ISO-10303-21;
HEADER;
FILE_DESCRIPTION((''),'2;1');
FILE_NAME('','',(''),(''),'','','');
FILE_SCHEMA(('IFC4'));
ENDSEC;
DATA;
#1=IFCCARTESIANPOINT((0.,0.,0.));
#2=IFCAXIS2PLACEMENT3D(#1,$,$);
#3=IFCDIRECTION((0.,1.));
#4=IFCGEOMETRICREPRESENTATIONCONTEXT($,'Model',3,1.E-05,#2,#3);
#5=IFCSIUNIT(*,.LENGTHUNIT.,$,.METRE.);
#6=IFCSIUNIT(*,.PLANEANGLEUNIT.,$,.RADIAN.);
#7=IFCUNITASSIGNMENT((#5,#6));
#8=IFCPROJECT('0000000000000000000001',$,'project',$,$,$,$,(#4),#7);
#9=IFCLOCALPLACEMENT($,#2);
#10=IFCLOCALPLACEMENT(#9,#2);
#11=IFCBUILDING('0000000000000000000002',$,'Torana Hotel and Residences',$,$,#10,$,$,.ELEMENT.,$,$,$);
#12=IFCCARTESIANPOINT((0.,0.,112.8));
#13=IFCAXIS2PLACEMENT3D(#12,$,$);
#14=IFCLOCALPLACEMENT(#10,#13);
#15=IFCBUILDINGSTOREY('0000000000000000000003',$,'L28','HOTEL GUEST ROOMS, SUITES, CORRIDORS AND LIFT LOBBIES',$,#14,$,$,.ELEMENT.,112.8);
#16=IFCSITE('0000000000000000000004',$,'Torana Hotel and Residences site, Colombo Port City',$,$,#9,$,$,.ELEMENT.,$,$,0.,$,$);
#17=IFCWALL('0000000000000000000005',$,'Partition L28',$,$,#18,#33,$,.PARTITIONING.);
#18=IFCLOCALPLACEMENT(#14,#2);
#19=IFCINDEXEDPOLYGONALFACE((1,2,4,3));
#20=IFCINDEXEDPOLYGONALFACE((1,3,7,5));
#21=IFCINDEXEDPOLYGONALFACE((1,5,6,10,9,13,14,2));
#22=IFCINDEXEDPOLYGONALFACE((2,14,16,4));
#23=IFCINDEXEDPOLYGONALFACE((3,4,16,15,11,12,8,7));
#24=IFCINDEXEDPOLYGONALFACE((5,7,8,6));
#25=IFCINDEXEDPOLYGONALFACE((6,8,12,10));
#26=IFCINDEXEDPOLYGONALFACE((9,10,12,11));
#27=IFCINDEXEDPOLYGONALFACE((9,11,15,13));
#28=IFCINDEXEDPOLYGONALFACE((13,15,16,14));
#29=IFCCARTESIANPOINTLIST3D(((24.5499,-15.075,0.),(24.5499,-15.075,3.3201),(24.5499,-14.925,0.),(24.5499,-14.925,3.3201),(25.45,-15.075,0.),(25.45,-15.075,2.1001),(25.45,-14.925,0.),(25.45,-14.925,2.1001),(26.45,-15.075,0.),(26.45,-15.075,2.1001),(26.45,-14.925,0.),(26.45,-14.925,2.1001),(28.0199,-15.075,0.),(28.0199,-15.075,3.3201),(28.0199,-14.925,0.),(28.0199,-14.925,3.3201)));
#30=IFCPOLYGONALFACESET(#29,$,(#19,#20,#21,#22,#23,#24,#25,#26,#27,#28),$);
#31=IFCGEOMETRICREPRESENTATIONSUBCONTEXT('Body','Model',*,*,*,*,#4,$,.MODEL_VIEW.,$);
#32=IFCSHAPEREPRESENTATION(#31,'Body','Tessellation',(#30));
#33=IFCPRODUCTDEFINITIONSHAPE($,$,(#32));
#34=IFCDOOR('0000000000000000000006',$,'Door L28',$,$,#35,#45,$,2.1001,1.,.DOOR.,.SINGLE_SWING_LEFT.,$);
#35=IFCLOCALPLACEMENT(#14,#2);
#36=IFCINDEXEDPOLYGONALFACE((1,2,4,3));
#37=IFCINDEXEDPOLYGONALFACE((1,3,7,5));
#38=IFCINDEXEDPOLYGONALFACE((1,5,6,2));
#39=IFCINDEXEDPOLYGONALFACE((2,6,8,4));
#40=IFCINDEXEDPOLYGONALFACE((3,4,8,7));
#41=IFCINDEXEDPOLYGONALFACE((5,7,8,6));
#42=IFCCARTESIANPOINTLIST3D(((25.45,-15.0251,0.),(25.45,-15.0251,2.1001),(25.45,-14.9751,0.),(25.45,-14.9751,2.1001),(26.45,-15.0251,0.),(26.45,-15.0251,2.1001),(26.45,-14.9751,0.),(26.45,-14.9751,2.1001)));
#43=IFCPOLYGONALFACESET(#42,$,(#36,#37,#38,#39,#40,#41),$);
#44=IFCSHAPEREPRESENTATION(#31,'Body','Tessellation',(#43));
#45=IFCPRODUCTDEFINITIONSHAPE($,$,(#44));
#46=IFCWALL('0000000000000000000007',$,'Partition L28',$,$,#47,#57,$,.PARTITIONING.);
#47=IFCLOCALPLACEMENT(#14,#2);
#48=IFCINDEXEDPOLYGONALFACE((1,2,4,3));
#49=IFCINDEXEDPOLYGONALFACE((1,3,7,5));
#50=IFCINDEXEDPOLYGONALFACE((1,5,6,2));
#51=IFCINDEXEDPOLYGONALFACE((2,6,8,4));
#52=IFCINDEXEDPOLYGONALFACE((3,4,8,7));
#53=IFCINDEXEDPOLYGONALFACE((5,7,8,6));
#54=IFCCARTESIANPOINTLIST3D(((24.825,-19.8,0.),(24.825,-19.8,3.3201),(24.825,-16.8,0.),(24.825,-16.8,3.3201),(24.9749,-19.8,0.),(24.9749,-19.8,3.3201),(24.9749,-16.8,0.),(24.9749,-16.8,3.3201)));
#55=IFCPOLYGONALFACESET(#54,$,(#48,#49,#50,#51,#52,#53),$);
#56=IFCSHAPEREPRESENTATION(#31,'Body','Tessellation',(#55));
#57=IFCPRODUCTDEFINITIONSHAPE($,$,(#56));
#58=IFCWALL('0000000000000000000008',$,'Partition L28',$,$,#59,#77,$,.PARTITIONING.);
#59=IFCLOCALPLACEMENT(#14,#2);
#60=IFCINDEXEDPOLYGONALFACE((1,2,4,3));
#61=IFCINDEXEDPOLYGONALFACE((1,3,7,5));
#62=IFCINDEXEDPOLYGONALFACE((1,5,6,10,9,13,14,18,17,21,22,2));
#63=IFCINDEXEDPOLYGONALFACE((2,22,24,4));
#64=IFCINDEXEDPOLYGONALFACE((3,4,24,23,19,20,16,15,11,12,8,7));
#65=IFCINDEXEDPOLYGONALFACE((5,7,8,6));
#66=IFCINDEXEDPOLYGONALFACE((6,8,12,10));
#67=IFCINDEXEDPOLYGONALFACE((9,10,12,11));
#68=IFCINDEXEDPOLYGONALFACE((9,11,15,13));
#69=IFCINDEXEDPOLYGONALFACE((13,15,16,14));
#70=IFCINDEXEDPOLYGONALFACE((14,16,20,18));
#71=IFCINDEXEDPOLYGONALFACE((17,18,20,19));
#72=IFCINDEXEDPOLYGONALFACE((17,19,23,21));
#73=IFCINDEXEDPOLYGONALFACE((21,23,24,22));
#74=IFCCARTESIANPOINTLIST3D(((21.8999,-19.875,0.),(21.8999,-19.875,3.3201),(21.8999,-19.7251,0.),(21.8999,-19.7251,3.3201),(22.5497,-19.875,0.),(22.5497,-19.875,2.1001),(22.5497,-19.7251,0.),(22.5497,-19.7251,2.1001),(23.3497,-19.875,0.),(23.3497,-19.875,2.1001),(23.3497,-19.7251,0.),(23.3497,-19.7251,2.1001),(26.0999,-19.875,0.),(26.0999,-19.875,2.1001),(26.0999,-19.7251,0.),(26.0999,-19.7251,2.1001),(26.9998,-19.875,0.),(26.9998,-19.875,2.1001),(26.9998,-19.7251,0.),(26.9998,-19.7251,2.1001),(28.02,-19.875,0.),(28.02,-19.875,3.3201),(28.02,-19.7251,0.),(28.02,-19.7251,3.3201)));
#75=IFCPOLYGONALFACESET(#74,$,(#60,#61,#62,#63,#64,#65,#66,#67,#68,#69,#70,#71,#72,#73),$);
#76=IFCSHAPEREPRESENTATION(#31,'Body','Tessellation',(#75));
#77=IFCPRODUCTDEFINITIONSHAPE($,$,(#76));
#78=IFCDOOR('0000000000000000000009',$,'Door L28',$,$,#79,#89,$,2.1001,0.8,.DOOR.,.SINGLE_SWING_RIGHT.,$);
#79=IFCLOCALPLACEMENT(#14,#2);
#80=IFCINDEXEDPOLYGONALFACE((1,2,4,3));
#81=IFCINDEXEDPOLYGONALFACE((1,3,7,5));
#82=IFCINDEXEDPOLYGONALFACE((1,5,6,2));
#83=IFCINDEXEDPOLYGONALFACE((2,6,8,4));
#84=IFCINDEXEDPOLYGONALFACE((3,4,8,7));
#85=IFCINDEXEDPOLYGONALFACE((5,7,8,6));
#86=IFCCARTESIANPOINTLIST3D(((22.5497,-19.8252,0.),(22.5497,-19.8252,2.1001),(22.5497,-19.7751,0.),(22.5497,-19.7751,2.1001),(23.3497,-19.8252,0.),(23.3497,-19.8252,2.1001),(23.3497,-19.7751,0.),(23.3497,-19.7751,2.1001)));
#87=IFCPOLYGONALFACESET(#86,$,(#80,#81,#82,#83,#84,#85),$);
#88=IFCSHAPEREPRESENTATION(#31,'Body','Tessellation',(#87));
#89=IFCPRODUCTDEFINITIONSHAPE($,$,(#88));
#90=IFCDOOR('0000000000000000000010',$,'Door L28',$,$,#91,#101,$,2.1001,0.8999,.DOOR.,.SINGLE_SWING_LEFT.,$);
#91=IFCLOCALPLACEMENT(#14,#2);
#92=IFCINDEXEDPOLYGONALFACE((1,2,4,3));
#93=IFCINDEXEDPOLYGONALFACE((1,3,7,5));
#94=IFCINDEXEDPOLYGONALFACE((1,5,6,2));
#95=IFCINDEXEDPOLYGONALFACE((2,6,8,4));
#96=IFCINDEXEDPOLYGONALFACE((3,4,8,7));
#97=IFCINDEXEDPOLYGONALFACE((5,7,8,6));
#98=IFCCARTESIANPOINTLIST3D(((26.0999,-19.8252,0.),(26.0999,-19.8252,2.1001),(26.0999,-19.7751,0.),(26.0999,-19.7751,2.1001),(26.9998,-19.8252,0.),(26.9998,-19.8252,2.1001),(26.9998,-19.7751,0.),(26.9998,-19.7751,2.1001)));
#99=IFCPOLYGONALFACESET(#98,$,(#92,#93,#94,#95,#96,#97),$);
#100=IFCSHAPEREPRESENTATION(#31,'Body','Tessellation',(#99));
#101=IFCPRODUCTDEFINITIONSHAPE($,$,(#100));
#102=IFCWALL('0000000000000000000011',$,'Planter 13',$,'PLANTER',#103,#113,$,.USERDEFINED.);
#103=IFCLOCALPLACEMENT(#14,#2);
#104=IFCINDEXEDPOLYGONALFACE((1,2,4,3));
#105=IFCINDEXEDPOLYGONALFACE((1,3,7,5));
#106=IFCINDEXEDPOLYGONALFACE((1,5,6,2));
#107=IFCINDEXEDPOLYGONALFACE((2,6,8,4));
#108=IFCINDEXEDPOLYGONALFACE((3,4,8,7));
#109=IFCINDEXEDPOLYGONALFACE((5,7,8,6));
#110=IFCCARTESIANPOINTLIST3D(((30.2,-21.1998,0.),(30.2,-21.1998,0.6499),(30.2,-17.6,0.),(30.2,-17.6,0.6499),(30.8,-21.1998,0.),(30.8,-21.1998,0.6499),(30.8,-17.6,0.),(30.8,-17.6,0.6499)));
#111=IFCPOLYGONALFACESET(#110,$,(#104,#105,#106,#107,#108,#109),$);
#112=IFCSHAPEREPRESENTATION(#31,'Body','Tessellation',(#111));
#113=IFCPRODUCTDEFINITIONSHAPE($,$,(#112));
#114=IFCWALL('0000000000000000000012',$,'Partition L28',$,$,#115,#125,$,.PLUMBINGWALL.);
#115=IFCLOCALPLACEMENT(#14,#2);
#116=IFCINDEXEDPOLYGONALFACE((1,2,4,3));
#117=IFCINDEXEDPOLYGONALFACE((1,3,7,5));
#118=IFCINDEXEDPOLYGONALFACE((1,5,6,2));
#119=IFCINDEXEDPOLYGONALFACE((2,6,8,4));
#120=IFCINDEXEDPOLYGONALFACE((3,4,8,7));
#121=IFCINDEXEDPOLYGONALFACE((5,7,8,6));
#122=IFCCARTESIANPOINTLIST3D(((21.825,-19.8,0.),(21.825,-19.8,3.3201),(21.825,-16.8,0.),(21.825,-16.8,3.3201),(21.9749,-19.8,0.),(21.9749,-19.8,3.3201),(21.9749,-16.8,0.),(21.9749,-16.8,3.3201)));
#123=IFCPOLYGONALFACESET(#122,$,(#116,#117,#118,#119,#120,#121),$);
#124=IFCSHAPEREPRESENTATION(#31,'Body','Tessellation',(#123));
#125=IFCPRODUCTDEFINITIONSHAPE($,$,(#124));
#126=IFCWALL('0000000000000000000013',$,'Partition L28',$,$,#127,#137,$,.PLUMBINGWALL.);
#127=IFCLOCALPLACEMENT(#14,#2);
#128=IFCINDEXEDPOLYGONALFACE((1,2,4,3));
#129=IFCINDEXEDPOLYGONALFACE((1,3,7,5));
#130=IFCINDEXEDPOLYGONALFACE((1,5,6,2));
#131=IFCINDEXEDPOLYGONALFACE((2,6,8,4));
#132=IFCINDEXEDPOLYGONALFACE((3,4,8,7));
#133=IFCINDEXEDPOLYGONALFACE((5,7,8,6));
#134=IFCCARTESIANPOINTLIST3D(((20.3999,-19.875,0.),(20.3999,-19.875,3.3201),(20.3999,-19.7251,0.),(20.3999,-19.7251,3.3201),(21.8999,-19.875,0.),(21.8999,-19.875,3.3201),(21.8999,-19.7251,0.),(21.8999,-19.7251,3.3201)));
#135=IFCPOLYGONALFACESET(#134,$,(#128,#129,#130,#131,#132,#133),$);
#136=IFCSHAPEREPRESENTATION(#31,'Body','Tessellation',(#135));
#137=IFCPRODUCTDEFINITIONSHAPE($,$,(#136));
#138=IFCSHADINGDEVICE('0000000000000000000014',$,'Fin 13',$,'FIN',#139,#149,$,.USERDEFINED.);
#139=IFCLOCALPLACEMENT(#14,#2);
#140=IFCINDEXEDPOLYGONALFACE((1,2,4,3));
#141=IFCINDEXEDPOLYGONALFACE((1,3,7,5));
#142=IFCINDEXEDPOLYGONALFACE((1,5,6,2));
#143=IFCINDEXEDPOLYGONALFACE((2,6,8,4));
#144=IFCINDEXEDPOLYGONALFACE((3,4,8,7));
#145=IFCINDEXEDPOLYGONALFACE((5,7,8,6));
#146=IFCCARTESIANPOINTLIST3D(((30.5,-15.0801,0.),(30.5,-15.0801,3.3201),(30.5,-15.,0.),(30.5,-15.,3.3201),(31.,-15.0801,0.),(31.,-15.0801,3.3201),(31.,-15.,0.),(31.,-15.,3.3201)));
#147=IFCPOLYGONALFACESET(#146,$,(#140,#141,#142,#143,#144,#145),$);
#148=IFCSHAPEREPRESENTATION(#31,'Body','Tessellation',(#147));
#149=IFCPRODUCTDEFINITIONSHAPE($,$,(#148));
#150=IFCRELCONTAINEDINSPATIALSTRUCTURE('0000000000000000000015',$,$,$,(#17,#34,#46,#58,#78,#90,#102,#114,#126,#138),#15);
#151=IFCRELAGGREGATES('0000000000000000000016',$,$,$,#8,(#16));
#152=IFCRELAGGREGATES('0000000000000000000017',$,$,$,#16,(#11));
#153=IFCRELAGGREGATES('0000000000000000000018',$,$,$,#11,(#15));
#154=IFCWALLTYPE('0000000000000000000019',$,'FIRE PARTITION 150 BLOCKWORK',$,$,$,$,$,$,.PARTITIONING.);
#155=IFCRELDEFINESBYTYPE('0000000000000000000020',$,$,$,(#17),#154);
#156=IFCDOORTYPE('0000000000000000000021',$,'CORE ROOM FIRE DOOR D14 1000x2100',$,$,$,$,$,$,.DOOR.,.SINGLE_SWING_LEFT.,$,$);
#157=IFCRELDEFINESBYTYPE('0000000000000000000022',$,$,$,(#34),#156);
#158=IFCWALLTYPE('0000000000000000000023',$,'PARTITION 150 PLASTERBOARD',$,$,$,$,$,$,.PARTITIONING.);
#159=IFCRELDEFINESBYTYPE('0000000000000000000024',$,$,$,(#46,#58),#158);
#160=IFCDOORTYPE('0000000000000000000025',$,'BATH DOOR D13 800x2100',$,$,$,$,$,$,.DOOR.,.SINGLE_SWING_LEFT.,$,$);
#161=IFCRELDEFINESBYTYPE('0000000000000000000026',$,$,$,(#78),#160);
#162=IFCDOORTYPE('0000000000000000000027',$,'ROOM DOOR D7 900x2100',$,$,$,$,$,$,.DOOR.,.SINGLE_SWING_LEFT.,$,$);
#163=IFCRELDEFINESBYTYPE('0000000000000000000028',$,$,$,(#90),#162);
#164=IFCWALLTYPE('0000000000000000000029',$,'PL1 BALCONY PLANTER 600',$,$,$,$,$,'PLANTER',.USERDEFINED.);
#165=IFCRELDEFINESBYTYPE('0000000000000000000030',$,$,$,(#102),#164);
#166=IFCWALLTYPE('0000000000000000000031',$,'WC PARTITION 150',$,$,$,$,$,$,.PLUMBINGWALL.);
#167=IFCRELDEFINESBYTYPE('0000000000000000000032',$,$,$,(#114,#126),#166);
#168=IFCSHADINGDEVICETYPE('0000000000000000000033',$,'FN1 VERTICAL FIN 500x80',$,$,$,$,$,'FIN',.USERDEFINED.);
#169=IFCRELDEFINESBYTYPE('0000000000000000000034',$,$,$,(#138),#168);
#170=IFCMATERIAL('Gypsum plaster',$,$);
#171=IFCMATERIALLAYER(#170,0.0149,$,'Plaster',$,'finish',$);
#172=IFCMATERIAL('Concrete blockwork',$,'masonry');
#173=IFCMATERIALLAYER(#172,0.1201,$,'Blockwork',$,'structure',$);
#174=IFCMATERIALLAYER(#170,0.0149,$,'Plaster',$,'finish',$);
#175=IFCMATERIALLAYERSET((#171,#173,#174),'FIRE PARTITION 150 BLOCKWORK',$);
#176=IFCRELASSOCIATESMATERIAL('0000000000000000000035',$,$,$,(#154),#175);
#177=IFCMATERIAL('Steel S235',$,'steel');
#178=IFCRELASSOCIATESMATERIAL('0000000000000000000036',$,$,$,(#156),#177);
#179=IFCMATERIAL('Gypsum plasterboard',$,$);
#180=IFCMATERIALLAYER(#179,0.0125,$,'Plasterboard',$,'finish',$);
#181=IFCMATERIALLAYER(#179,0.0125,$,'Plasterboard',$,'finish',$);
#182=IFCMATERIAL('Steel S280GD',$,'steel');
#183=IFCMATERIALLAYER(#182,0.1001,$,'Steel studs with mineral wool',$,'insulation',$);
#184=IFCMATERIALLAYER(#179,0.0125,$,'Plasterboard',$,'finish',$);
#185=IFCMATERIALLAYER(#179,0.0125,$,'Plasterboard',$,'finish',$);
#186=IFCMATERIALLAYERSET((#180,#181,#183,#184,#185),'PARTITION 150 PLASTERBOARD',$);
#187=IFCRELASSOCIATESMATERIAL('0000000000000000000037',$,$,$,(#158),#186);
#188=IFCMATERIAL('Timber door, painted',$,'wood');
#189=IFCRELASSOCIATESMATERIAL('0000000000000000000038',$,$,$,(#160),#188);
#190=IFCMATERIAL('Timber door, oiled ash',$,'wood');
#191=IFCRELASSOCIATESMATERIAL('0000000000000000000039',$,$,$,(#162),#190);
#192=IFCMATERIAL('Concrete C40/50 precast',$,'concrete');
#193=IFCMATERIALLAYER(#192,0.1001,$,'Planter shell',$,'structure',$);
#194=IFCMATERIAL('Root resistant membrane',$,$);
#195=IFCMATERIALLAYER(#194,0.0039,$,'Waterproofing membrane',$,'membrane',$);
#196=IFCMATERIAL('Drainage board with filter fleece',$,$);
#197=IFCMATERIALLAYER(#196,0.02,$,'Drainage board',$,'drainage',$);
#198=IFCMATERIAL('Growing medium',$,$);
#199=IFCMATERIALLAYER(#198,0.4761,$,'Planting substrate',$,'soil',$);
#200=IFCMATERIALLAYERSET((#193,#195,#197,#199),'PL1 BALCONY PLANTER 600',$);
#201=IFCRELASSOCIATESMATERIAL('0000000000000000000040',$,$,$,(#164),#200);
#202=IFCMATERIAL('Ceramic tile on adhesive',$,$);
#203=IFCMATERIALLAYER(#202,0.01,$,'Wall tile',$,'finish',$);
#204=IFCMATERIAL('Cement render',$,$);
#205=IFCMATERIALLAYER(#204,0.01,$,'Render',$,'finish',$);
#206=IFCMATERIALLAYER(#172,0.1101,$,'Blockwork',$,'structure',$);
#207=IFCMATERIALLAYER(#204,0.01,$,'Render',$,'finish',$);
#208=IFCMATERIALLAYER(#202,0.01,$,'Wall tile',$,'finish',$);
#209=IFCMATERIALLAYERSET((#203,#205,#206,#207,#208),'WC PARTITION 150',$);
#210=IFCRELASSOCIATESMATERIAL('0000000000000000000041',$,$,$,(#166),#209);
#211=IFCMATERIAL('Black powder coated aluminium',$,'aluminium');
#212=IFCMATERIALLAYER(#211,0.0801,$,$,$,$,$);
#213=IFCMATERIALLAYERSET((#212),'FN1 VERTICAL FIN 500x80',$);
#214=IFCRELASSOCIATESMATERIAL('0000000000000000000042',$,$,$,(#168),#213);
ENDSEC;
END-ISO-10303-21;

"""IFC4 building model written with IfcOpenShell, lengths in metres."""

from ifc_helpers import new_model, si_unit, direction, frame, frame_2d, origin, origin_2d, place, context, subcontext, project, spatial, rectangle, extrude, material, layer, layer_set, type_object, element, fill, save


model = new_model("IFC4")

# Units and contexts
model_context = context("Model", 3, precision=1e-05, world=origin(), true_north=direction((0.0, 1.0)))
body_context = subcontext(model_context, "Body", "Model", "MODEL_VIEW")
ifc_project = project(units=[si_unit("LENGTHUNIT", "METRE"), si_unit("PLANEANGLEUNIT", "RADIAN")], contexts=[model_context])

# Site, building, storey
site_placement = place(None, origin())
site = spatial("IfcSite", under=ifc_project, at=site_placement, Name="Torana Hotel and Residences site, Colombo Port City", CompositionType="ELEMENT", RefElevation=0.0)
building_placement = place(site_placement, origin())
building = spatial("IfcBuilding", under=site, at=building_placement, Name="Torana Hotel and Residences", CompositionType="ELEMENT")
storey_placement = place(building_placement, frame((0.0, 0.0, 112.8)))
storey = spatial("IfcBuildingStorey", under=building, at=storey_placement, Name="L28", Description="HOTEL GUEST ROOMS, SUITES, CORRIDORS AND LIFT LOBBIES", CompositionType="ELEMENT", Elevation=112.8)

# Wall, opening, door
ifc_material_1 = material(Name="Gypsum plaster")
ifc_layer_1 = layer(ifc_material_1, 0.0149, Name="Plaster", Category="finish")
ifc_material_2 = material(Name="Concrete blockwork", Category="masonry")
ifc_layer_2 = layer(ifc_material_2, 0.1201, Name="Blockwork", Category="structure")
ifc_layer_3 = layer(ifc_material_1, 0.0149, Name="Plaster", Category="finish")
ifc_layer_set_1 = layer_set([ifc_layer_1, ifc_layer_2, ifc_layer_3], Name="FIRE PARTITION 150 BLOCKWORK")
wall_type_1 = type_object("IfcWallType", Name="FIRE PARTITION 150 BLOCKWORK", PredefinedType="PARTITIONING", material=ifc_layer_set_1)
wall_1_placement = place(storey_placement, frame((24.55, -15.0, 0.0), z_axis=(0.0, 0.0, 1.0), x_axis=(1.0, 0.0, 0.0)))
wall_1 = element("IfcWall", 1, at=wall_1_placement, inside=storey, type_object=wall_type_1, Name="Partition L28", PredefinedType="PARTITIONING", context=body_context, shape_type="SweptSolid", body=[
    extrude(rectangle(XDim=3.47, YDim=0.1499, at=frame_2d((1.7349, 0.0))), origin(), (0.0, 0.0, 1.0), 3.3201),
])
opening_1_placement = place(wall_1_placement, frame((0.8999, 0.0, 0.0)))
opening_1 = element("IfcOpeningElement", 2, at=opening_1_placement, cuts=wall_1, PredefinedType="OPENING", context=body_context, shape_type="SweptSolid", body=[
    extrude(rectangle(XDim=1.0, YDim=2.1001, at=frame_2d((0.5, 1.05))), frame((0.0, 0.085, 0.0), z_axis=(0.0, -1.0, 0.0), x_axis=(1.0, 0.0, 0.0)), (0.0, 0.0, 1.0), 0.1699),
])
ifc_material_3 = material(Name="Steel S235", Category="steel")
door_type_1 = type_object("IfcDoorType", Name="CORE ROOM FIRE DOOR D14 1000x2100", OperationType="SINGLE_SWING_LEFT", PredefinedType="DOOR", material=ifc_material_3)
door_1_placement = place(opening_1_placement, origin())
door_1 = element("IfcDoor", 3, at=door_1_placement, inside=storey, type_object=door_type_1, Name="Door L28", OperationType="SINGLE_SWING_LEFT", OverallHeight=2.1001, OverallWidth=1.0, PredefinedType="DOOR", context=body_context, shape_type="SweptSolid", body=[
    extrude(rectangle(XDim=1.0, YDim=2.1001, at=frame_2d((0.5, 1.05))), frame((0.0, 0.0249, 0.0), z_axis=(0.0, -1.0, 0.0), x_axis=(1.0, 0.0, 0.0)), (0.0, 0.0, 1.0), 0.05),
])
fill(opening_1, door_1)

# Wall
ifc_material_4 = material(Name="Gypsum plasterboard")
ifc_layer_4 = layer(ifc_material_4, 0.0125, Name="Plasterboard", Category="finish")
ifc_layer_5 = layer(ifc_material_4, 0.0125, Name="Plasterboard", Category="finish")
ifc_material_5 = material(Name="Steel S280GD", Category="steel")
ifc_layer_6 = layer(ifc_material_5, 0.1001, Name="Steel studs with mineral wool", Category="insulation")
ifc_layer_7 = layer(ifc_material_4, 0.0125, Name="Plasterboard", Category="finish")
ifc_layer_8 = layer(ifc_material_4, 0.0125, Name="Plasterboard", Category="finish")
ifc_layer_set_2 = layer_set([ifc_layer_4, ifc_layer_5, ifc_layer_6, ifc_layer_7, ifc_layer_8], Name="PARTITION 150 PLASTERBOARD")
wall_type_2 = type_object("IfcWallType", Name="PARTITION 150 PLASTERBOARD", PredefinedType="PARTITIONING", material=ifc_layer_set_2)
wall_2_placement = place(storey_placement, frame((24.8999, -19.8, 0.0), z_axis=(0.0, 0.0, 1.0), x_axis=(0.0, 1.0, 0.0)))
element("IfcWall", 4, at=wall_2_placement, inside=storey, type_object=wall_type_2, Name="Partition L28", PredefinedType="PARTITIONING", context=body_context, shape_type="SweptSolid", body=[
    extrude(rectangle(XDim=3.0, YDim=0.1499, at=frame_2d((1.5, 0.0))), origin(), (0.0, 0.0, 1.0), 3.3201),
])

# Wall, openings, doors
wall_3_placement = place(storey_placement, frame((21.8999, -19.8, 0.0), z_axis=(0.0, 0.0, 1.0), x_axis=(1.0, 0.0, 0.0)))
wall_3 = element("IfcWall", 5, at=wall_3_placement, inside=storey, type_object=wall_type_2, Name="Partition L28", PredefinedType="PARTITIONING", context=body_context, shape_type="SweptSolid", body=[
    extrude(rectangle(XDim=6.1201, YDim=0.1499, at=frame_2d((3.0601, 0.0))), origin(), (0.0, 0.0, 1.0), 3.3201),
])
opening_2_placement = place(wall_3_placement, frame((0.6499, 0.0, 0.0)))
opening_2 = element("IfcOpeningElement", 6, at=opening_2_placement, cuts=wall_3, PredefinedType="OPENING", context=body_context, shape_type="SweptSolid", body=[
    extrude(rectangle(XDim=0.8, YDim=2.1001, at=frame_2d((0.3999, 1.05))), frame((0.0, 0.085, 0.0), z_axis=(0.0, -1.0, 0.0), x_axis=(1.0, 0.0, 0.0)), (0.0, 0.0, 1.0), 0.1699),
])
opening_3_placement = place(wall_3_placement, frame((4.2, 0.0, 0.0)))
opening_3 = element("IfcOpeningElement", 7, at=opening_3_placement, cuts=wall_3, PredefinedType="OPENING", context=body_context, shape_type="SweptSolid", body=[
    extrude(rectangle(XDim=0.8999, YDim=2.1001, at=frame_2d((0.45, 1.05))), frame((0.0, 0.085, 0.0), z_axis=(0.0, -1.0, 0.0), x_axis=(1.0, 0.0, 0.0)), (0.0, 0.0, 1.0), 0.1699),
])
ifc_material_6 = material(Name="Timber door, painted", Category="wood")
door_type_2 = type_object("IfcDoorType", Name="BATH DOOR D13 800x2100", OperationType="SINGLE_SWING_LEFT", PredefinedType="DOOR", material=ifc_material_6)
door_2_placement = place(opening_2_placement, origin())
door_2 = element("IfcDoor", 8, at=door_2_placement, inside=storey, type_object=door_type_2, Name="Door L28", OperationType="SINGLE_SWING_RIGHT", OverallHeight=2.1001, OverallWidth=0.8, PredefinedType="DOOR", context=body_context, shape_type="SweptSolid", body=[
    extrude(rectangle(XDim=0.8, YDim=2.1001, at=frame_2d((0.3999, 1.05))), frame((0.0, 0.0249, 0.0), z_axis=(0.0, -1.0, 0.0), x_axis=(1.0, 0.0, 0.0)), (0.0, 0.0, 1.0), 0.05),
])
fill(opening_2, door_2)
ifc_material_7 = material(Name="Timber door, oiled ash", Category="wood")
door_type_3 = type_object("IfcDoorType", Name="ROOM DOOR D7 900x2100", OperationType="SINGLE_SWING_LEFT", PredefinedType="DOOR", material=ifc_material_7)
door_3_placement = place(opening_3_placement, origin())
door_3 = element("IfcDoor", 9, at=door_3_placement, inside=storey, type_object=door_type_3, Name="Door L28", OperationType="SINGLE_SWING_LEFT", OverallHeight=2.1001, OverallWidth=0.8999, PredefinedType="DOOR", context=body_context, shape_type="SweptSolid", body=[
    extrude(rectangle(XDim=0.8999, YDim=2.1001, at=frame_2d((0.45, 1.05))), frame((0.0, 0.0249, 0.0), z_axis=(0.0, -1.0, 0.0), x_axis=(1.0, 0.0, 0.0)), (0.0, 0.0, 1.0), 0.05),
])
fill(opening_3, door_3)

# Walls
ifc_material_8 = material(Name="Concrete C40/50 precast", Category="concrete")
ifc_layer_9 = layer(ifc_material_8, 0.1001, Name="Planter shell", Category="structure")
ifc_material_9 = material(Name="Root resistant membrane")
ifc_layer_10 = layer(ifc_material_9, 0.0039, Name="Waterproofing membrane", Category="membrane")
ifc_material_10 = material(Name="Drainage board with filter fleece")
ifc_layer_11 = layer(ifc_material_10, 0.02, Name="Drainage board", Category="drainage")
ifc_material_11 = material(Name="Growing medium")
ifc_layer_12 = layer(ifc_material_11, 0.4761, Name="Planting substrate", Category="soil")
ifc_layer_set_3 = layer_set([ifc_layer_9, ifc_layer_10, ifc_layer_11, ifc_layer_12], Name="PL1 BALCONY PLANTER 600")
wall_type_3 = type_object("IfcWallType", Name="PL1 BALCONY PLANTER 600", ElementType="PLANTER", PredefinedType="USERDEFINED", material=ifc_layer_set_3)
wall_4_placement = place(storey_placement, frame((30.5, -17.6001, 0.0), z_axis=(0.0, 0.0, 1.0), x_axis=(0.0, -1.0, 0.0)))
element("IfcWall", 10, at=wall_4_placement, inside=storey, type_object=wall_type_3, Name="Planter 13", ObjectType="PLANTER", PredefinedType="USERDEFINED", context=body_context, shape_type="SweptSolid", body=[
    extrude(rectangle(XDim=3.5999, YDim=0.6001, at=frame_2d((1.7998, 0.0))), origin(), (0.0, 0.0, 1.0), 0.6499),
])
ifc_material_12 = material(Name="Ceramic tile on adhesive")
ifc_layer_13 = layer(ifc_material_12, 0.01, Name="Wall tile", Category="finish")
ifc_material_13 = material(Name="Cement render")
ifc_layer_14 = layer(ifc_material_13, 0.01, Name="Render", Category="finish")
ifc_layer_15 = layer(ifc_material_2, 0.1101, Name="Blockwork", Category="structure")
ifc_layer_16 = layer(ifc_material_13, 0.01, Name="Render", Category="finish")
ifc_layer_17 = layer(ifc_material_12, 0.01, Name="Wall tile", Category="finish")
ifc_layer_set_4 = layer_set([ifc_layer_13, ifc_layer_14, ifc_layer_15, ifc_layer_16, ifc_layer_17], Name="WC PARTITION 150")
wall_type_4 = type_object("IfcWallType", Name="WC PARTITION 150", PredefinedType="PLUMBINGWALL", material=ifc_layer_set_4)
wall_5_placement = place(storey_placement, frame((21.8999, -19.8, 0.0), z_axis=(0.0, 0.0, 1.0), x_axis=(0.0, 1.0, 0.0)))
element("IfcWall", 11, at=wall_5_placement, inside=storey, type_object=wall_type_4, Name="Partition L28", PredefinedType="PLUMBINGWALL", context=body_context, shape_type="SweptSolid", body=[
    extrude(rectangle(XDim=3.0, YDim=0.1499, at=frame_2d((1.5, 0.0))), origin(), (0.0, 0.0, 1.0), 3.3201),
])
wall_6_placement = place(storey_placement, frame((20.3999, -19.8, 0.0), z_axis=(0.0, 0.0, 1.0), x_axis=(1.0, 0.0, 0.0)))
element("IfcWall", 12, at=wall_6_placement, inside=storey, type_object=wall_type_4, Name="Partition L28", PredefinedType="PLUMBINGWALL", context=body_context, shape_type="SweptSolid", body=[
    extrude(rectangle(XDim=1.5, YDim=0.1499, at=frame_2d((0.75, 0.0))), origin(), (0.0, 0.0, 1.0), 3.3201),
])

# Shading device
ifc_material_14 = material(Name="Black powder coated aluminium", Category="aluminium")
ifc_layer_18 = layer(ifc_material_14, 0.0801)
ifc_layer_set_5 = layer_set([ifc_layer_18], Name="FN1 VERTICAL FIN 500x80")
shading_device_type = type_object("IfcShadingDeviceType", Name="FN1 VERTICAL FIN 500x80", ElementType="FIN", PredefinedType="USERDEFINED", material=ifc_layer_set_5)
shading_device_placement = place(storey_placement, frame((30.75, -15.04, 0.0), z_axis=(0.0, 0.0, 1.0), x_axis=(0.0, -1.0, 0.0)))
element("IfcShadingDevice", 13, at=shading_device_placement, inside=storey, type_object=shading_device_type, Name="Fin 13", ObjectType="FIN", PredefinedType="USERDEFINED", context=body_context, shape_type="SweptSolid", body=[
    extrude(rectangle(XDim=0.0801, YDim=0.5, at=origin_2d()), origin(), (0.0, 0.0, 1.0), 3.3201),
])

save(model, "model.ifc")
